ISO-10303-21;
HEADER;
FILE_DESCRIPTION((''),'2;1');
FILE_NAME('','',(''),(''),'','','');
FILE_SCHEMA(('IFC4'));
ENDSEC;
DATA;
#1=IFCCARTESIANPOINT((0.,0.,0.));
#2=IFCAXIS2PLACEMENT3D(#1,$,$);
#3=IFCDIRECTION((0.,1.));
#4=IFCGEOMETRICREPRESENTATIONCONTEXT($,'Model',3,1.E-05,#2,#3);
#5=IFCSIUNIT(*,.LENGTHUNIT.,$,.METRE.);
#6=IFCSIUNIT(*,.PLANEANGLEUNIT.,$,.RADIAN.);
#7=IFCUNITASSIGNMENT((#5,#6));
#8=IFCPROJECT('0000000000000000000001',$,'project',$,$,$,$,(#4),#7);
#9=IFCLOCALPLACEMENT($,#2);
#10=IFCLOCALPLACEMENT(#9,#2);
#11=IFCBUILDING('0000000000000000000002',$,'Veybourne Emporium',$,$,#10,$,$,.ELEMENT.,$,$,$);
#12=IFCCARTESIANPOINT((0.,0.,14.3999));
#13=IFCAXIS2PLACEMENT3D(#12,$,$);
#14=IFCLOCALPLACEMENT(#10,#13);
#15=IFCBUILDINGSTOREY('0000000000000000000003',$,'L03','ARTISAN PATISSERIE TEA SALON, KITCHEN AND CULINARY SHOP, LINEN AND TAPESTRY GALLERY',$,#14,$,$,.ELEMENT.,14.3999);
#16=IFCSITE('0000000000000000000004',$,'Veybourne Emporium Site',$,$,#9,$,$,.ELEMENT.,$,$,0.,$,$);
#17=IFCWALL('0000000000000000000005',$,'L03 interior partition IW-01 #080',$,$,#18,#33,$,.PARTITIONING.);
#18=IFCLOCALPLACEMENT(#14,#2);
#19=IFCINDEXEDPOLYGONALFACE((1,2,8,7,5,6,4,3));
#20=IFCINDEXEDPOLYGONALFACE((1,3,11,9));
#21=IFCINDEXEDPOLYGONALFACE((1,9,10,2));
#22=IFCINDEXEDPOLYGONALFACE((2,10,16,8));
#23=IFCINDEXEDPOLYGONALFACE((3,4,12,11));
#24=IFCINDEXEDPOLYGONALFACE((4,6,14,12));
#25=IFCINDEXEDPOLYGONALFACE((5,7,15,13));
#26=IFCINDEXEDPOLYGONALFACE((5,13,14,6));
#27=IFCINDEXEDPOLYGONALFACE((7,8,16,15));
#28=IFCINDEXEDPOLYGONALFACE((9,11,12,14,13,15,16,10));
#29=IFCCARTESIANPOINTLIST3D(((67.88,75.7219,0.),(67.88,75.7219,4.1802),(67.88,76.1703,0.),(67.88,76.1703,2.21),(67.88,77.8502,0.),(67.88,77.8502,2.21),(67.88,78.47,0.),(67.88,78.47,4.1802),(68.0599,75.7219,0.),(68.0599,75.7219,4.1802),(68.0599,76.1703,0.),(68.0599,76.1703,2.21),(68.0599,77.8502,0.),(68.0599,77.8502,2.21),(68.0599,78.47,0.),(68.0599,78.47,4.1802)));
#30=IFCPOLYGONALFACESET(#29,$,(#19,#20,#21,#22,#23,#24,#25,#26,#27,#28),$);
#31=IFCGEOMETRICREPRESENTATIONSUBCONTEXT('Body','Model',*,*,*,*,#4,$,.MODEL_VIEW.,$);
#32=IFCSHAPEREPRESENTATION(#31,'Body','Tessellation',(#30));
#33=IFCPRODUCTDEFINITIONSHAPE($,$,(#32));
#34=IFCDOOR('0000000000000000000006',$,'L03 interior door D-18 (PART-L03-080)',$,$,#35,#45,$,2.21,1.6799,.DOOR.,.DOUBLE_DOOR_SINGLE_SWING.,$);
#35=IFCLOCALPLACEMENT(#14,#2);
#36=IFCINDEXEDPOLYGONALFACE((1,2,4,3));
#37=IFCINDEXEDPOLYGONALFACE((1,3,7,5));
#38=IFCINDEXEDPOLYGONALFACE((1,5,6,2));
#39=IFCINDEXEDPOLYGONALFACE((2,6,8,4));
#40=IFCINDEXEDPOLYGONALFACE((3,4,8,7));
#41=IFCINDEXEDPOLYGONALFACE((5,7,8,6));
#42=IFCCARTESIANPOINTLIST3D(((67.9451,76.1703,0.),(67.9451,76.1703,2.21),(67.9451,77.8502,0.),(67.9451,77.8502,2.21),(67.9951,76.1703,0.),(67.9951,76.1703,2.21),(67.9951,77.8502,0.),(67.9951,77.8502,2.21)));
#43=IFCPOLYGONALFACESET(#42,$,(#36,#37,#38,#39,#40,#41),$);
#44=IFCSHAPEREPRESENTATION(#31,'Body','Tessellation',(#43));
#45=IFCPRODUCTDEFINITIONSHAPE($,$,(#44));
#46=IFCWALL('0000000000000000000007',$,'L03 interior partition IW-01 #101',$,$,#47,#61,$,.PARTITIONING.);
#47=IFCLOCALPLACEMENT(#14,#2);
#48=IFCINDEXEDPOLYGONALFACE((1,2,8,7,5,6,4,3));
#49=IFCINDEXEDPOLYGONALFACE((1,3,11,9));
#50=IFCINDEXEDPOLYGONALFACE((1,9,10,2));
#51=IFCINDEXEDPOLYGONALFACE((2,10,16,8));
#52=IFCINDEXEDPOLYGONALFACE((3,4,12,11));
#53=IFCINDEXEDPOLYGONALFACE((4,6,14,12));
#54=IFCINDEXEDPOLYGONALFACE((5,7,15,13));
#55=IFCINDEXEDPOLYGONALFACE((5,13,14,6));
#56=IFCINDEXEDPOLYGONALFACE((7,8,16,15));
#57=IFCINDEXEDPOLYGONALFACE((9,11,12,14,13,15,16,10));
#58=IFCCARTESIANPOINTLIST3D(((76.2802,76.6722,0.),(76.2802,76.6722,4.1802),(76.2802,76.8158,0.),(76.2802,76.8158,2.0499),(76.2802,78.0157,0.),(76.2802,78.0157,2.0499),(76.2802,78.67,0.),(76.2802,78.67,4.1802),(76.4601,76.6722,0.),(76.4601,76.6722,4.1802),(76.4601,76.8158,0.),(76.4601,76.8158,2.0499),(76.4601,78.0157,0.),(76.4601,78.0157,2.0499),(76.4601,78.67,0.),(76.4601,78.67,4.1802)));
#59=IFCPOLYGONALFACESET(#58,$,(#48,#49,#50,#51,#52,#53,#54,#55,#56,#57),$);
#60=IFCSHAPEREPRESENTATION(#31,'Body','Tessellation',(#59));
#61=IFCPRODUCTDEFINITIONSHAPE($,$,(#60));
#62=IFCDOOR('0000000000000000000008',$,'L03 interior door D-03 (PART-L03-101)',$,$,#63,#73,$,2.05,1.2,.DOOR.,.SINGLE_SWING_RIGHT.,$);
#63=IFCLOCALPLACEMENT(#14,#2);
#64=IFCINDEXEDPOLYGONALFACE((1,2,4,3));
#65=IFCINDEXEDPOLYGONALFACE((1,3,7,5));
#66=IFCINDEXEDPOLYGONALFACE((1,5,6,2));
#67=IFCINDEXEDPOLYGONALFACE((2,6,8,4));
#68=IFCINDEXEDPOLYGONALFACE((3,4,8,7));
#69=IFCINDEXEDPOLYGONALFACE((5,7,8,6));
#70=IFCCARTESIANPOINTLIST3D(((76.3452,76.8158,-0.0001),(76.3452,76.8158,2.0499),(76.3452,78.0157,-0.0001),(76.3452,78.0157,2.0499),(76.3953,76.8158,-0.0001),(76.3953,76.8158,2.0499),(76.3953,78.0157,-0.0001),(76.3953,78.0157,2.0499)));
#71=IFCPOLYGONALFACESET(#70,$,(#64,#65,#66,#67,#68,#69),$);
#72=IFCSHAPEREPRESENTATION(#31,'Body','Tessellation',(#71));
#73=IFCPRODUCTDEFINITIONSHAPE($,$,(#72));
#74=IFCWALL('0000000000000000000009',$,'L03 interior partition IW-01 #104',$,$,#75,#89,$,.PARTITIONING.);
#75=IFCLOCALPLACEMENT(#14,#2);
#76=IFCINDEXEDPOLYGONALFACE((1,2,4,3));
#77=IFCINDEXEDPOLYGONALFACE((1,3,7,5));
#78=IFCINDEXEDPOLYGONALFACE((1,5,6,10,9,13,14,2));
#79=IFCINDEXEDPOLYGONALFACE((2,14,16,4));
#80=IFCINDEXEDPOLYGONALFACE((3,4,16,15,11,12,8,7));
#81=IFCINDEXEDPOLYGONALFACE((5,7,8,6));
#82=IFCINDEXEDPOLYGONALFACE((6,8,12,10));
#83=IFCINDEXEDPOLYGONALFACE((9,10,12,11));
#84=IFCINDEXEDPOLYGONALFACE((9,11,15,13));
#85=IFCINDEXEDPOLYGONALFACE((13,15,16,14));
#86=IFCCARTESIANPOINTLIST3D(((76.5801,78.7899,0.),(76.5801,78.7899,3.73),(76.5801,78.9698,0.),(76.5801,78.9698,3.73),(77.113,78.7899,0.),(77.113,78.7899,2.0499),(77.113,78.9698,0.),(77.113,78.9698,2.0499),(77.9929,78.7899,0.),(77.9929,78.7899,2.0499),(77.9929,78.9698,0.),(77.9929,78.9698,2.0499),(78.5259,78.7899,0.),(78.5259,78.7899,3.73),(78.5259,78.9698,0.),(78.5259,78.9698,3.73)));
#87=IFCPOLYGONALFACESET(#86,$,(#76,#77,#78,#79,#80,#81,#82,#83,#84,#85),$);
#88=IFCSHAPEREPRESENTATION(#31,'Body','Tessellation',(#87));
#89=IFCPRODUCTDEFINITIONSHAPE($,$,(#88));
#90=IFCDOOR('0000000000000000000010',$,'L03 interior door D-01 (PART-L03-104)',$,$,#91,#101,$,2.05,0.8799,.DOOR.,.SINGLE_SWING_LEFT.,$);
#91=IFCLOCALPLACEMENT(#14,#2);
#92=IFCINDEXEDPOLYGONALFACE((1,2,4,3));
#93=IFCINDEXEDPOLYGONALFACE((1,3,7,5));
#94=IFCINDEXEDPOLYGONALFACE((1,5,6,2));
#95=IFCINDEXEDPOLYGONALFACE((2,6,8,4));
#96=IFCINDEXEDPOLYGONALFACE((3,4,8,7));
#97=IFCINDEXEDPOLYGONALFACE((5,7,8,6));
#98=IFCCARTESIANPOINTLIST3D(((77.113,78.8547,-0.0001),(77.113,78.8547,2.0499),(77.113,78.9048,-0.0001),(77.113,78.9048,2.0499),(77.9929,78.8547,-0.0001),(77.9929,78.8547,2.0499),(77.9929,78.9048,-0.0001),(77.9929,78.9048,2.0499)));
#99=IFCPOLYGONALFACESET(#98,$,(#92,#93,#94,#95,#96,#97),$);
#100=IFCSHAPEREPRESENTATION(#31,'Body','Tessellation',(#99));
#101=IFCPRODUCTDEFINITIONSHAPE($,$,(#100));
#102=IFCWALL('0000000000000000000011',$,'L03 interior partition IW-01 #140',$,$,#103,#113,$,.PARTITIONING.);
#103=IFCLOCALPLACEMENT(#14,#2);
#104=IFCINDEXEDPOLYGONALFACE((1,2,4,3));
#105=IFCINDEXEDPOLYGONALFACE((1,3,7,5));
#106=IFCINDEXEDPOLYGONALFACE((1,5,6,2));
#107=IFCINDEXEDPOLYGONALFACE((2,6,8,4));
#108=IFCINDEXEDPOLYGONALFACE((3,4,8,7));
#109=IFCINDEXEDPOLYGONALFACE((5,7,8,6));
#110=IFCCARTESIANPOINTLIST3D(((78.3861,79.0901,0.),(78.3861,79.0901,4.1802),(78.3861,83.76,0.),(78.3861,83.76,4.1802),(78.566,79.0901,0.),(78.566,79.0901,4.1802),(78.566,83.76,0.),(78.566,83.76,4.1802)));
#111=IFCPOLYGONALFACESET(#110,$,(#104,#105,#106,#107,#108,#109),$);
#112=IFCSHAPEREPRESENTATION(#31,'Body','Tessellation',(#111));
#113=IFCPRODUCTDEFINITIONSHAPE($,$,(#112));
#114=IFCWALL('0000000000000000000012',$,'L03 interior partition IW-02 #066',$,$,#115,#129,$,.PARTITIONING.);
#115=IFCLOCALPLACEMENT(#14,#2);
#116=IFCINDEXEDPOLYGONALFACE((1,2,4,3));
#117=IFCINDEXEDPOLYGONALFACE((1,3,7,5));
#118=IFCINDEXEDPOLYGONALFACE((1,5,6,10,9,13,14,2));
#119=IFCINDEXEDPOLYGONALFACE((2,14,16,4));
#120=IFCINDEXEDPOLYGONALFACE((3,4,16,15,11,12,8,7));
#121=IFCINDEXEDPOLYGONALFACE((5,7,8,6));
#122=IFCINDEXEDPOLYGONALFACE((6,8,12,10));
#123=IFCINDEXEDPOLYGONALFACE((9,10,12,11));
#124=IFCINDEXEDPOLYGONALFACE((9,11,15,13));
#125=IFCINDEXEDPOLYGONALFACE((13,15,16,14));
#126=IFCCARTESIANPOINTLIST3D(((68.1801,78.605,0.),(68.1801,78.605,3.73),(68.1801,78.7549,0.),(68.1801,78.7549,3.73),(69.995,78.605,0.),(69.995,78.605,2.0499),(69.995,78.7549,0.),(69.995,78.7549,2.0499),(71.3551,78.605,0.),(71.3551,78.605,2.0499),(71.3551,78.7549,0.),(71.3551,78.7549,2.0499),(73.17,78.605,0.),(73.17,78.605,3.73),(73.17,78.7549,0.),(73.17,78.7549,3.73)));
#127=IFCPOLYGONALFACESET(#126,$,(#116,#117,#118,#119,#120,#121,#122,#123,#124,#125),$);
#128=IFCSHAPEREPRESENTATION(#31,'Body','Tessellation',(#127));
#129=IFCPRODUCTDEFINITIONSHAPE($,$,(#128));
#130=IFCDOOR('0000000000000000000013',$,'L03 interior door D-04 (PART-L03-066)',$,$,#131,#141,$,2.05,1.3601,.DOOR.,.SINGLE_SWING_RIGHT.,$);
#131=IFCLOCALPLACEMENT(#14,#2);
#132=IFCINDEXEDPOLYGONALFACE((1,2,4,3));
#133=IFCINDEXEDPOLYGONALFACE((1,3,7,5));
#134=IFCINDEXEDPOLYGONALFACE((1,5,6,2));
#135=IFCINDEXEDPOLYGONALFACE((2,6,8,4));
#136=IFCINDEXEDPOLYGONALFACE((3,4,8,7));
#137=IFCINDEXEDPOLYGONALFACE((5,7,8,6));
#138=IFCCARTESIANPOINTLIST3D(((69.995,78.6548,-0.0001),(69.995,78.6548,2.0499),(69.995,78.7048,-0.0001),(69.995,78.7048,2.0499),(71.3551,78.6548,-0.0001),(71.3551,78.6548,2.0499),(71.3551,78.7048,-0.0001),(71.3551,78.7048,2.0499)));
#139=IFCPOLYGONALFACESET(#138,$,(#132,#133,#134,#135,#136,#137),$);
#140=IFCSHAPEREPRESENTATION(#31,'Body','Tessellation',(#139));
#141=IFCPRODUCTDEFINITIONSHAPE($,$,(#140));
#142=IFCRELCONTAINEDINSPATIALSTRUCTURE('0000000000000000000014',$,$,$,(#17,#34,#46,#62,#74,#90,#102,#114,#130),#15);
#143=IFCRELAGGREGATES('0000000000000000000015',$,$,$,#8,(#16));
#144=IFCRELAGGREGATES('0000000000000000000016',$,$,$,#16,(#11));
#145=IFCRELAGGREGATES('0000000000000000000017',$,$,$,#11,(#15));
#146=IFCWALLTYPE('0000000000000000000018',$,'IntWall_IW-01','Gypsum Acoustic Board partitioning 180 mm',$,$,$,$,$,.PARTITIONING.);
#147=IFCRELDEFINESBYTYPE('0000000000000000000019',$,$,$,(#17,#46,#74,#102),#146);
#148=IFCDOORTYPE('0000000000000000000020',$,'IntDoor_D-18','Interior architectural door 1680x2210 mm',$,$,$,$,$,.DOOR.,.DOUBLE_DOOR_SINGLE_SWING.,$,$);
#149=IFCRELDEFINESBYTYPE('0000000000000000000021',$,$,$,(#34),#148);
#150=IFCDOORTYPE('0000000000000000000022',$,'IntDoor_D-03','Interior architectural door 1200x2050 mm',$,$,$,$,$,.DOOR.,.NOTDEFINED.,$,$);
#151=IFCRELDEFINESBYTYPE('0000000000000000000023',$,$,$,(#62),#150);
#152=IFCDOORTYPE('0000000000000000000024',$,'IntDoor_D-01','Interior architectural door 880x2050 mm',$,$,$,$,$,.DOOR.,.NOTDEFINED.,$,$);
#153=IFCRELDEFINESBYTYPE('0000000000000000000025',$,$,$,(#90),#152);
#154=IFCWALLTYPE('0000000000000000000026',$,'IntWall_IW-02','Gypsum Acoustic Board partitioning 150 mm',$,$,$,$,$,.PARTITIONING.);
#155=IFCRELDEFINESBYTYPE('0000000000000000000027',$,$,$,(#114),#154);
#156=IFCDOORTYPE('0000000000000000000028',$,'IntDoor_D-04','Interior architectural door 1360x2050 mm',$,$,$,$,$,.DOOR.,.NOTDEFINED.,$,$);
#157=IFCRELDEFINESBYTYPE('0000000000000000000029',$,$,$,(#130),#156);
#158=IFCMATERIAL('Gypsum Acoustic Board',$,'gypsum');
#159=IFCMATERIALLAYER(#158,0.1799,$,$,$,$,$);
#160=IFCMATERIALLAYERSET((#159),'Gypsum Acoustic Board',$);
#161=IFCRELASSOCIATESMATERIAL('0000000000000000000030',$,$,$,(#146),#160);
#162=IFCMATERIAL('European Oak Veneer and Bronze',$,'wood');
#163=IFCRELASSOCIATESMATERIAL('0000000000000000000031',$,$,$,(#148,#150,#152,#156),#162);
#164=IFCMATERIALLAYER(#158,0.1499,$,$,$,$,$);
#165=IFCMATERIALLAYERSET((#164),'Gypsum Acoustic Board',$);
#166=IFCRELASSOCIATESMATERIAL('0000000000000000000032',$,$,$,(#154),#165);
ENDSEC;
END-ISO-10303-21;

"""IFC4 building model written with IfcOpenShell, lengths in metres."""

from ifc_helpers import new_model, si_unit, direction, frame, frame_2d, origin, place, context, subcontext, project, spatial, rectangle, extrude, material, layer, layer_set, type_object, element, fill, save


model = new_model("IFC4")

# Units and contexts
model_context = context("Model", 3, precision=1e-05, world=origin(), true_north=direction((0.0, 1.0)))
body_context = subcontext(model_context, "Body", "Model", "MODEL_VIEW")
ifc_project = project(units=[si_unit("LENGTHUNIT", "METRE"), si_unit("PLANEANGLEUNIT", "RADIAN")], contexts=[model_context])

# Site, building, storey
site_placement = place(None, origin())
site = spatial("IfcSite", under=ifc_project, at=site_placement, Name="Veybourne Emporium Site", CompositionType="ELEMENT", RefElevation=0.0)
building_placement = place(site_placement, origin())
building = spatial("IfcBuilding", under=site, at=building_placement, Name="Veybourne Emporium", CompositionType="ELEMENT")
storey_placement = place(building_placement, frame((0.0, 0.0, 14.3999)))
storey = spatial("IfcBuildingStorey", under=building, at=storey_placement, Name="L03", Description="ARTISAN PATISSERIE TEA SALON, KITCHEN AND CULINARY SHOP, LINEN AND TAPESTRY GALLERY", CompositionType="ELEMENT", Elevation=14.3999)

# Walls, openings, doors
ifc_material_1 = material(Name="Gypsum Acoustic Board", Category="gypsum")
ifc_layer_1 = layer(ifc_material_1, 0.1799)
ifc_layer_set_1 = layer_set([ifc_layer_1], Name="Gypsum Acoustic Board")
wall_type_1 = type_object("IfcWallType", Name="IntWall_IW-01", Description="Gypsum Acoustic Board partitioning 180 mm", PredefinedType="PARTITIONING", material=ifc_layer_set_1)
wall_1_placement = place(storey_placement, frame((67.97, 75.7219, 0.0), z_axis=(0.0, 0.0, 1.0), x_axis=(0.0, 1.0, 0.0)))
wall_1 = element("IfcWall", 1, at=wall_1_placement, inside=storey, type_object=wall_type_1, Name="L03 interior partition IW-01 #080", PredefinedType="PARTITIONING", context=body_context, shape_type="SweptSolid", body=[
    extrude(rectangle(XDim=2.748, YDim=0.1799, at=frame_2d((1.374, 0.0))), origin(), (0.0, 0.0, 1.0), 4.1802),
])
opening_1_placement = place(wall_1_placement, frame((0.4485, 0.0, 0.0)))
opening_1 = element("IfcOpeningElement", 2, at=opening_1_placement, cuts=wall_1, PredefinedType="OPENING", context=body_context, shape_type="SweptSolid", body=[
    extrude(rectangle(XDim=1.6799, YDim=2.21, at=frame_2d((0.8398, 1.105))), frame((0.0, 0.1099, 0.0), z_axis=(0.0, -1.0, 0.0), x_axis=(1.0, 0.0, 0.0)), (0.0, 0.0, 1.0), 0.22),
])
ifc_material_2 = material(Name="European Oak Veneer and Bronze", Category="wood")
door_type_1 = type_object("IfcDoorType", Name="IntDoor_D-18", Description="Interior architectural door 1680x2210 mm", OperationType="DOUBLE_DOOR_SINGLE_SWING", PredefinedType="DOOR", material=ifc_material_2)
door_1_placement = place(opening_1_placement, origin())
door_1 = element("IfcDoor", 3, at=door_1_placement, inside=storey, type_object=door_type_1, Name="L03 interior door D-18 (PART-L03-080)", OperationType="DOUBLE_DOOR_SINGLE_SWING", OverallHeight=2.21, OverallWidth=1.6799, PredefinedType="DOOR", context=body_context, shape_type="SweptSolid", body=[
    extrude(rectangle(XDim=1.6799, YDim=2.21, at=frame_2d((0.8398, 1.105))), frame((0.0, 0.0249, 0.0), z_axis=(0.0, -1.0, 0.0), x_axis=(1.0, 0.0, 0.0)), (0.0, 0.0, 1.0), 0.05),
])
fill(opening_1, door_1)
wall_2_placement = place(storey_placement, frame((76.3701, 76.6721, 0.0), z_axis=(0.0, 0.0, 1.0), x_axis=(0.0, 1.0, 0.0)))
wall_2 = element("IfcWall", 4, at=wall_2_placement, inside=storey, type_object=wall_type_1, Name="L03 interior partition IW-01 #101", PredefinedType="PARTITIONING", context=body_context, shape_type="SweptSolid", body=[
    extrude(rectangle(XDim=1.9978, YDim=0.1799, at=frame_2d((0.999, 0.0))), origin(), (0.0, 0.0, 1.0), 4.1802),
])
opening_2_placement = place(wall_2_placement, frame((0.1436, 0.0, 0.0)))
opening_2 = element("IfcOpeningElement", 5, at=opening_2_placement, cuts=wall_2, PredefinedType="OPENING", context=body_context, shape_type="SweptSolid", body=[
    extrude(rectangle(XDim=1.2, YDim=2.05, at=frame_2d((0.6001, 1.0249))), frame((0.0, 0.1099, 0.0), z_axis=(0.0, -1.0, 0.0), x_axis=(1.0, 0.0, 0.0)), (0.0, 0.0, 1.0), 0.22),
])
door_type_2 = type_object("IfcDoorType", Name="IntDoor_D-03", Description="Interior architectural door 1200x2050 mm", OperationType="NOTDEFINED", PredefinedType="DOOR", material=ifc_material_2)
door_2_placement = place(opening_2_placement, origin())
door_2 = element("IfcDoor", 6, at=door_2_placement, inside=storey, type_object=door_type_2, Name="L03 interior door D-03 (PART-L03-101)", OperationType="SINGLE_SWING_RIGHT", OverallHeight=2.05, OverallWidth=1.2, PredefinedType="DOOR", context=body_context, shape_type="SweptSolid", body=[
    extrude(rectangle(XDim=1.2, YDim=2.05, at=frame_2d((0.6001, 1.0249))), frame((0.0, 0.0249, 0.0), z_axis=(0.0, -1.0, 0.0), x_axis=(1.0, 0.0, 0.0)), (0.0, 0.0, 1.0), 0.05),
])
fill(opening_2, door_2)
wall_3_placement = place(storey_placement, frame((76.5801, 78.8799, 0.0), z_axis=(0.0, 0.0, 1.0), x_axis=(1.0, 0.0, 0.0)))
wall_3 = element("IfcWall", 7, at=wall_3_placement, inside=storey, type_object=wall_type_1, Name="L03 interior partition IW-01 #104", PredefinedType="PARTITIONING", context=body_context, shape_type="SweptSolid", body=[
    extrude(rectangle(XDim=1.9458, YDim=0.1799, at=frame_2d((0.9729, 0.0))), origin(), (0.0, 0.0, 1.0), 3.73),
])
opening_3_placement = place(wall_3_placement, frame((0.533, 0.0, 0.0)))
opening_3 = element("IfcOpeningElement", 8, at=opening_3_placement, cuts=wall_3, PredefinedType="OPENING", context=body_context, shape_type="SweptSolid", body=[
    extrude(rectangle(XDim=0.8799, YDim=2.05, at=frame_2d((0.4399, 1.0249))), frame((0.0, 0.1099, 0.0), z_axis=(0.0, -1.0, 0.0), x_axis=(1.0, 0.0, 0.0)), (0.0, 0.0, 1.0), 0.22),
])
door_type_3 = type_object("IfcDoorType", Name="IntDoor_D-01", Description="Interior architectural door 880x2050 mm", OperationType="NOTDEFINED", PredefinedType="DOOR", material=ifc_material_2)
door_3_placement = place(opening_3_placement, origin())
door_3 = element("IfcDoor", 9, at=door_3_placement, inside=storey, type_object=door_type_3, Name="L03 interior door D-01 (PART-L03-104)", OperationType="SINGLE_SWING_LEFT", OverallHeight=2.05, OverallWidth=0.8799, PredefinedType="DOOR", context=body_context, shape_type="SweptSolid", body=[
    extrude(rectangle(XDim=0.8799, YDim=2.05, at=frame_2d((0.4399, 1.0249))), frame((0.0, 0.0249, 0.0), z_axis=(0.0, -1.0, 0.0), x_axis=(1.0, 0.0, 0.0)), (0.0, 0.0, 1.0), 0.05),
])
fill(opening_3, door_3)

# Wall
wall_4_placement = place(storey_placement, frame((78.4761, 79.0901, 0.0), z_axis=(0.0, 0.0, 1.0), x_axis=(0.0, 1.0, 0.0)))
element("IfcWall", 10, at=wall_4_placement, inside=storey, type_object=wall_type_1, Name="L03 interior partition IW-01 #140", PredefinedType="PARTITIONING", context=body_context, shape_type="SweptSolid", body=[
    extrude(rectangle(XDim=4.6699, YDim=0.1799, at=frame_2d((2.335, 0.0))), origin(), (0.0, 0.0, 1.0), 4.1802),
])

# Wall, opening, door
ifc_layer_2 = layer(ifc_material_1, 0.1499)
ifc_layer_set_2 = layer_set([ifc_layer_2], Name="Gypsum Acoustic Board")
wall_type_2 = type_object("IfcWallType", Name="IntWall_IW-02", Description="Gypsum Acoustic Board partitioning 150 mm", PredefinedType="PARTITIONING", material=ifc_layer_set_2)
wall_5_placement = place(storey_placement, frame((68.1799, 78.6799, 0.0), z_axis=(0.0, 0.0, 1.0), x_axis=(1.0, 0.0, 0.0)))
wall_5 = element("IfcWall", 11, at=wall_5_placement, inside=storey, type_object=wall_type_2, Name="L03 interior partition IW-02 #066", PredefinedType="PARTITIONING", context=body_context, shape_type="SweptSolid", body=[
    extrude(rectangle(XDim=4.99, YDim=0.1499, at=frame_2d((2.4951, 0.0))), origin(), (0.0, 0.0, 1.0), 3.73),
])
opening_4_placement = place(wall_5_placement, frame((1.8149, 0.0, 0.0)))
opening_4 = element("IfcOpeningElement", 12, at=opening_4_placement, cuts=wall_5, PredefinedType="OPENING", context=body_context, shape_type="SweptSolid", body=[
    extrude(rectangle(XDim=1.3601, YDim=2.05, at=frame_2d((0.6802, 1.0249))), frame((0.0, 0.095, 0.0), z_axis=(0.0, -1.0, 0.0), x_axis=(1.0, 0.0, 0.0)), (0.0, 0.0, 1.0), 0.1899),
])
door_type_4 = type_object("IfcDoorType", Name="IntDoor_D-04", Description="Interior architectural door 1360x2050 mm", OperationType="NOTDEFINED", PredefinedType="DOOR", material=ifc_material_2)
door_4_placement = place(opening_4_placement, origin())
door_4 = element("IfcDoor", 13, at=door_4_placement, inside=storey, type_object=door_type_4, Name="L03 interior door D-04 (PART-L03-066)", OperationType="SINGLE_SWING_RIGHT", OverallHeight=2.05, OverallWidth=1.3601, PredefinedType="DOOR", context=body_context, shape_type="SweptSolid", body=[
    extrude(rectangle(XDim=1.3601, YDim=2.05, at=frame_2d((0.6802, 1.0249))), frame((0.0, 0.0249, 0.0), z_axis=(0.0, -1.0, 0.0), x_axis=(1.0, 0.0, 0.0)), (0.0, 0.0, 1.0), 0.05),
])
fill(opening_4, door_4)

save(model, "model.ifc")
